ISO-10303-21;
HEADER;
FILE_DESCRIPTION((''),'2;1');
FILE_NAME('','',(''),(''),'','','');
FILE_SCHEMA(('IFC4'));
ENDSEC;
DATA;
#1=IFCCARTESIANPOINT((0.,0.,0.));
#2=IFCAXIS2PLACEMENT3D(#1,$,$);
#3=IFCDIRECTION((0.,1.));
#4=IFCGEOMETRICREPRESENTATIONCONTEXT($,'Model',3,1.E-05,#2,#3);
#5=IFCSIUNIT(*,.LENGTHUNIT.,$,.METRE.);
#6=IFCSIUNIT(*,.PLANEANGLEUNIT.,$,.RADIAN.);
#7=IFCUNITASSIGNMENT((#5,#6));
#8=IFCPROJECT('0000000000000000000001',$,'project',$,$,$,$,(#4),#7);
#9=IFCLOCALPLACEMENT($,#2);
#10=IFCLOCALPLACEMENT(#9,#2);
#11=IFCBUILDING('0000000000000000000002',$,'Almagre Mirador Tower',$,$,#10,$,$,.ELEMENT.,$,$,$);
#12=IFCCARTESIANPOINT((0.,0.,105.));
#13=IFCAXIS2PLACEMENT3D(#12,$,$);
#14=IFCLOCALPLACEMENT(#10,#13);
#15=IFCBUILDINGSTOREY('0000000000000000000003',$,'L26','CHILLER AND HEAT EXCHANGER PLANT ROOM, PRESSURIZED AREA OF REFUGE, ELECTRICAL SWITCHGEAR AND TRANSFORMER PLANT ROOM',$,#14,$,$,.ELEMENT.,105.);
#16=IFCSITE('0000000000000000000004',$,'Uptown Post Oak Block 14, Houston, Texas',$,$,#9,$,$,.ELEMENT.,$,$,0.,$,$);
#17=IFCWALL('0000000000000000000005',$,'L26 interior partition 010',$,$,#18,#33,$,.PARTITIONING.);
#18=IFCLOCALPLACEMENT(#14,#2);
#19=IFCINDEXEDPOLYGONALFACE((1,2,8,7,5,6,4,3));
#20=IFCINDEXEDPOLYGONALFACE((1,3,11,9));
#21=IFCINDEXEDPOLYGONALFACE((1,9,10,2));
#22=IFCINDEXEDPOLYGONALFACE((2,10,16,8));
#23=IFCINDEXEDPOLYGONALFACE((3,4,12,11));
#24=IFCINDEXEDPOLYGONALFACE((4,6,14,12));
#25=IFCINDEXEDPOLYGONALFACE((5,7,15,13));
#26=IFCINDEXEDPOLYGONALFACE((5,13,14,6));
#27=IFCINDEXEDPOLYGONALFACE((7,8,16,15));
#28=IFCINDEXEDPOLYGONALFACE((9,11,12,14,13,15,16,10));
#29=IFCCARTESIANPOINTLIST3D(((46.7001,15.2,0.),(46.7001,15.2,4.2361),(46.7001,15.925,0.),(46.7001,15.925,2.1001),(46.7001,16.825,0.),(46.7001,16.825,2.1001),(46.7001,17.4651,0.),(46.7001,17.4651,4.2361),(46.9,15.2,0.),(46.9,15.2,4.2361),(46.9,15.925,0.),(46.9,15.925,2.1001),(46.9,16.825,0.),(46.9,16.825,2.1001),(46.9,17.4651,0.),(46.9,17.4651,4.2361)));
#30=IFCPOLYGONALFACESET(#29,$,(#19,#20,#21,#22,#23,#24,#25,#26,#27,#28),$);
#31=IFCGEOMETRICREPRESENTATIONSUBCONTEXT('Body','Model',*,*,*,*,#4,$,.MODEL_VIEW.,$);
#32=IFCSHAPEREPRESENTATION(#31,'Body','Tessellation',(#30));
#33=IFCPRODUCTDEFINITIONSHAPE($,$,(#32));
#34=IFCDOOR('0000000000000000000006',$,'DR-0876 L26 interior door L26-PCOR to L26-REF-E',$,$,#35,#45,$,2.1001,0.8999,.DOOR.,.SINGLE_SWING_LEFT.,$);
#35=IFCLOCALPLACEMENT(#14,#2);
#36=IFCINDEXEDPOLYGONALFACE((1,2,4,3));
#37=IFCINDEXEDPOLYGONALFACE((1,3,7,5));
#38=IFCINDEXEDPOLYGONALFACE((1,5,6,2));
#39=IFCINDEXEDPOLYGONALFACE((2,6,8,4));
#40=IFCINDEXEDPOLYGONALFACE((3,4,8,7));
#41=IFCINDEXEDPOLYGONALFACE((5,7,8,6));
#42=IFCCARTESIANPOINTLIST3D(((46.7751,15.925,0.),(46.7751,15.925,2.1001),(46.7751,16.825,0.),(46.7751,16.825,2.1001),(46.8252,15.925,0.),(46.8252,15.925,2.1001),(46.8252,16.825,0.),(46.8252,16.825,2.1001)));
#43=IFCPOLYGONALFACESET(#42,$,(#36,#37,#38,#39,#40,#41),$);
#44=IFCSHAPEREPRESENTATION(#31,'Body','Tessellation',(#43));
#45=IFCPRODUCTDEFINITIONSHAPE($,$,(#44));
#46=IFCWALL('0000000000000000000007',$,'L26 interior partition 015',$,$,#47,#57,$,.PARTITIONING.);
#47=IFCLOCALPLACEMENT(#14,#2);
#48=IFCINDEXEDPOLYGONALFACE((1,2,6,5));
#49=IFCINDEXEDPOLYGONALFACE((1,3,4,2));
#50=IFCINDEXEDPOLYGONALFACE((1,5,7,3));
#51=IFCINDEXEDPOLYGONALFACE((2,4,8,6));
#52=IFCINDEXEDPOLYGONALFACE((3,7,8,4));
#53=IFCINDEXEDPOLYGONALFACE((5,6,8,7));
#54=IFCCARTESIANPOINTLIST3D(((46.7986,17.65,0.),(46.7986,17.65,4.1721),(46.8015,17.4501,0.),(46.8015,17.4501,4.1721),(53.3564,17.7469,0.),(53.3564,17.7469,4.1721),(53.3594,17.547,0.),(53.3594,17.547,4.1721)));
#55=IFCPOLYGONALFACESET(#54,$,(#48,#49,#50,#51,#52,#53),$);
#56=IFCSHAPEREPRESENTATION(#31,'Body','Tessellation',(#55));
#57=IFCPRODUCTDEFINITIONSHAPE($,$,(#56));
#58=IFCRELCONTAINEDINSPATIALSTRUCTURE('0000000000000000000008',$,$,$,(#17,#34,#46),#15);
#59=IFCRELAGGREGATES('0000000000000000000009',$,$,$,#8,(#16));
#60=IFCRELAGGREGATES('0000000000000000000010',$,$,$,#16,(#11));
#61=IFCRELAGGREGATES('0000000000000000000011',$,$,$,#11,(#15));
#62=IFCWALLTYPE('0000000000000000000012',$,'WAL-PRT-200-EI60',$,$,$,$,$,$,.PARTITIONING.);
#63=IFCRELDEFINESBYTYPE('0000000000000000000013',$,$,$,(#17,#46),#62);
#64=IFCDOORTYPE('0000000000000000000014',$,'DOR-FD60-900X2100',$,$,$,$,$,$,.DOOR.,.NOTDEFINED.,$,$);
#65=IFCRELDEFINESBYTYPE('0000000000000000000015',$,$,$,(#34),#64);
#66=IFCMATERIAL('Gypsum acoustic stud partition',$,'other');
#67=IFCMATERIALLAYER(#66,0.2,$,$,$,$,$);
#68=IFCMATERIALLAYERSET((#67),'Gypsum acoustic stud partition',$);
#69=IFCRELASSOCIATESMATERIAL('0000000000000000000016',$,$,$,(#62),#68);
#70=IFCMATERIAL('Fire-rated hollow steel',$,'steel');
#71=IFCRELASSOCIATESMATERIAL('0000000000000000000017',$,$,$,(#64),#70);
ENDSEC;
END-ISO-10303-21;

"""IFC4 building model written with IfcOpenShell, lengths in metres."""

from ifc_helpers import new_model, si_unit, direction, frame, frame_2d, origin, place, context, subcontext, project, spatial, rectangle, extrude, material, layer, layer_set, type_object, element, fill, save


model = new_model("IFC4")

# Units and contexts
model_context = context("Model", 3, precision=1e-05, world=origin(), true_north=direction((0.0, 1.0)))
body_context = subcontext(model_context, "Body", "Model", "MODEL_VIEW")
ifc_project = project(units=[si_unit("LENGTHUNIT", "METRE"), si_unit("PLANEANGLEUNIT", "RADIAN")], contexts=[model_context])

# Site, building, storey
site_placement = place(None, origin())
site = spatial("IfcSite", under=ifc_project, at=site_placement, Name="Uptown Post Oak Block 14, Houston, Texas", CompositionType="ELEMENT", RefElevation=0.0)
building_placement = place(site_placement, origin())
building = spatial("IfcBuilding", under=site, at=building_placement, Name="Almagre Mirador Tower", CompositionType="ELEMENT")
storey_placement = place(building_placement, frame((0.0, 0.0, 105.0)))
storey = spatial("IfcBuildingStorey", under=building, at=storey_placement, Name="L26", Description="CHILLER AND HEAT EXCHANGER PLANT ROOM, PRESSURIZED AREA OF REFUGE, ELECTRICAL SWITCHGEAR AND TRANSFORMER PLANT ROOM", CompositionType="ELEMENT", Elevation=105.0)

# Shared definitions
ifc_material_1 = material(Name="Gypsum acoustic stud partition", Category="other")
ifc_layer_1 = layer(ifc_material_1, 0.2)
ifc_layer_set_1 = layer_set([ifc_layer_1], Name="Gypsum acoustic stud partition")
wall_type_1 = type_object("IfcWallType", Name="WAL-PRT-200-EI60", PredefinedType="PARTITIONING", material=ifc_layer_set_1)
ifc_material_2 = material(Name="Fire-rated hollow steel", Category="steel")
door_type_1 = type_object("IfcDoorType", Name="DOR-FD60-900X2100", OperationType="NOTDEFINED", PredefinedType="DOOR", material=ifc_material_2)

# Wall, opening, door
wall_1_placement = place(storey_placement, frame((46.8, 15.2, 0.0), z_axis=(0.0, 0.0, 1.0), x_axis=(0.0, 1.0, 0.0)))
wall_1 = element("IfcWall", 1, at=wall_1_placement, inside=storey, type_object=wall_type_1, Name="L26 interior partition 010", PredefinedType="PARTITIONING", context=body_context, shape_type="SweptSolid", body=[
    extrude(rectangle(XDim=2.2651, YDim=0.2, at=frame_2d((1.1326, 0.0))), origin(), (0.0, 0.0, 1.0), 4.2361),
])
opening_1_placement = place(wall_1_placement, frame((0.7251, 0.0, 0.0)))
opening_1 = element("IfcOpeningElement", 2, at=opening_1_placement, cuts=wall_1, PredefinedType="OPENING", context=body_context, shape_type="SweptSolid", body=[
    extrude(rectangle(XDim=0.8999, YDim=2.1001, at=frame_2d((0.45, 1.05))), frame((0.0, 0.1101, 0.0), z_axis=(0.0, -1.0, 0.0), x_axis=(1.0, 0.0, 0.0)), (0.0, 0.0, 1.0), 0.22),
])
door_1_placement = place(opening_1_placement, origin())
door_1 = element("IfcDoor", 3, at=door_1_placement, inside=storey, type_object=door_type_1, Name="DR-0876 L26 interior door L26-PCOR to L26-REF-E", OperationType="SINGLE_SWING_LEFT", OverallHeight=2.1001, OverallWidth=0.8999, PredefinedType="DOOR", context=body_context, shape_type="SweptSolid", body=[
    extrude(rectangle(XDim=0.8999, YDim=2.1001, at=frame_2d((0.45, 1.05))), frame((0.0, 0.0249, 0.0), z_axis=(0.0, -1.0, 0.0), x_axis=(1.0, 0.0, 0.0)), (0.0, 0.0, 1.0), 0.05),
])
fill(opening_1, door_1)

# Wall
wall_2_placement = place(storey_placement, frame((46.8, 17.55, 0.0), z_axis=(0.0, 0.0, 1.0), x_axis=(0.999891, 0.014778, 0.0)))
element("IfcWall", 4, at=wall_2_placement, inside=storey, type_object=wall_type_1, Name="L26 interior partition 015", PredefinedType="PARTITIONING", context=body_context, shape_type="SweptSolid", body=[
    extrude(rectangle(XDim=6.5586, YDim=0.2, at=frame_2d((3.2793, 0.0))), origin(), (0.0, 0.0, 1.0), 4.1721),
])

save(model, "model.ifc")
